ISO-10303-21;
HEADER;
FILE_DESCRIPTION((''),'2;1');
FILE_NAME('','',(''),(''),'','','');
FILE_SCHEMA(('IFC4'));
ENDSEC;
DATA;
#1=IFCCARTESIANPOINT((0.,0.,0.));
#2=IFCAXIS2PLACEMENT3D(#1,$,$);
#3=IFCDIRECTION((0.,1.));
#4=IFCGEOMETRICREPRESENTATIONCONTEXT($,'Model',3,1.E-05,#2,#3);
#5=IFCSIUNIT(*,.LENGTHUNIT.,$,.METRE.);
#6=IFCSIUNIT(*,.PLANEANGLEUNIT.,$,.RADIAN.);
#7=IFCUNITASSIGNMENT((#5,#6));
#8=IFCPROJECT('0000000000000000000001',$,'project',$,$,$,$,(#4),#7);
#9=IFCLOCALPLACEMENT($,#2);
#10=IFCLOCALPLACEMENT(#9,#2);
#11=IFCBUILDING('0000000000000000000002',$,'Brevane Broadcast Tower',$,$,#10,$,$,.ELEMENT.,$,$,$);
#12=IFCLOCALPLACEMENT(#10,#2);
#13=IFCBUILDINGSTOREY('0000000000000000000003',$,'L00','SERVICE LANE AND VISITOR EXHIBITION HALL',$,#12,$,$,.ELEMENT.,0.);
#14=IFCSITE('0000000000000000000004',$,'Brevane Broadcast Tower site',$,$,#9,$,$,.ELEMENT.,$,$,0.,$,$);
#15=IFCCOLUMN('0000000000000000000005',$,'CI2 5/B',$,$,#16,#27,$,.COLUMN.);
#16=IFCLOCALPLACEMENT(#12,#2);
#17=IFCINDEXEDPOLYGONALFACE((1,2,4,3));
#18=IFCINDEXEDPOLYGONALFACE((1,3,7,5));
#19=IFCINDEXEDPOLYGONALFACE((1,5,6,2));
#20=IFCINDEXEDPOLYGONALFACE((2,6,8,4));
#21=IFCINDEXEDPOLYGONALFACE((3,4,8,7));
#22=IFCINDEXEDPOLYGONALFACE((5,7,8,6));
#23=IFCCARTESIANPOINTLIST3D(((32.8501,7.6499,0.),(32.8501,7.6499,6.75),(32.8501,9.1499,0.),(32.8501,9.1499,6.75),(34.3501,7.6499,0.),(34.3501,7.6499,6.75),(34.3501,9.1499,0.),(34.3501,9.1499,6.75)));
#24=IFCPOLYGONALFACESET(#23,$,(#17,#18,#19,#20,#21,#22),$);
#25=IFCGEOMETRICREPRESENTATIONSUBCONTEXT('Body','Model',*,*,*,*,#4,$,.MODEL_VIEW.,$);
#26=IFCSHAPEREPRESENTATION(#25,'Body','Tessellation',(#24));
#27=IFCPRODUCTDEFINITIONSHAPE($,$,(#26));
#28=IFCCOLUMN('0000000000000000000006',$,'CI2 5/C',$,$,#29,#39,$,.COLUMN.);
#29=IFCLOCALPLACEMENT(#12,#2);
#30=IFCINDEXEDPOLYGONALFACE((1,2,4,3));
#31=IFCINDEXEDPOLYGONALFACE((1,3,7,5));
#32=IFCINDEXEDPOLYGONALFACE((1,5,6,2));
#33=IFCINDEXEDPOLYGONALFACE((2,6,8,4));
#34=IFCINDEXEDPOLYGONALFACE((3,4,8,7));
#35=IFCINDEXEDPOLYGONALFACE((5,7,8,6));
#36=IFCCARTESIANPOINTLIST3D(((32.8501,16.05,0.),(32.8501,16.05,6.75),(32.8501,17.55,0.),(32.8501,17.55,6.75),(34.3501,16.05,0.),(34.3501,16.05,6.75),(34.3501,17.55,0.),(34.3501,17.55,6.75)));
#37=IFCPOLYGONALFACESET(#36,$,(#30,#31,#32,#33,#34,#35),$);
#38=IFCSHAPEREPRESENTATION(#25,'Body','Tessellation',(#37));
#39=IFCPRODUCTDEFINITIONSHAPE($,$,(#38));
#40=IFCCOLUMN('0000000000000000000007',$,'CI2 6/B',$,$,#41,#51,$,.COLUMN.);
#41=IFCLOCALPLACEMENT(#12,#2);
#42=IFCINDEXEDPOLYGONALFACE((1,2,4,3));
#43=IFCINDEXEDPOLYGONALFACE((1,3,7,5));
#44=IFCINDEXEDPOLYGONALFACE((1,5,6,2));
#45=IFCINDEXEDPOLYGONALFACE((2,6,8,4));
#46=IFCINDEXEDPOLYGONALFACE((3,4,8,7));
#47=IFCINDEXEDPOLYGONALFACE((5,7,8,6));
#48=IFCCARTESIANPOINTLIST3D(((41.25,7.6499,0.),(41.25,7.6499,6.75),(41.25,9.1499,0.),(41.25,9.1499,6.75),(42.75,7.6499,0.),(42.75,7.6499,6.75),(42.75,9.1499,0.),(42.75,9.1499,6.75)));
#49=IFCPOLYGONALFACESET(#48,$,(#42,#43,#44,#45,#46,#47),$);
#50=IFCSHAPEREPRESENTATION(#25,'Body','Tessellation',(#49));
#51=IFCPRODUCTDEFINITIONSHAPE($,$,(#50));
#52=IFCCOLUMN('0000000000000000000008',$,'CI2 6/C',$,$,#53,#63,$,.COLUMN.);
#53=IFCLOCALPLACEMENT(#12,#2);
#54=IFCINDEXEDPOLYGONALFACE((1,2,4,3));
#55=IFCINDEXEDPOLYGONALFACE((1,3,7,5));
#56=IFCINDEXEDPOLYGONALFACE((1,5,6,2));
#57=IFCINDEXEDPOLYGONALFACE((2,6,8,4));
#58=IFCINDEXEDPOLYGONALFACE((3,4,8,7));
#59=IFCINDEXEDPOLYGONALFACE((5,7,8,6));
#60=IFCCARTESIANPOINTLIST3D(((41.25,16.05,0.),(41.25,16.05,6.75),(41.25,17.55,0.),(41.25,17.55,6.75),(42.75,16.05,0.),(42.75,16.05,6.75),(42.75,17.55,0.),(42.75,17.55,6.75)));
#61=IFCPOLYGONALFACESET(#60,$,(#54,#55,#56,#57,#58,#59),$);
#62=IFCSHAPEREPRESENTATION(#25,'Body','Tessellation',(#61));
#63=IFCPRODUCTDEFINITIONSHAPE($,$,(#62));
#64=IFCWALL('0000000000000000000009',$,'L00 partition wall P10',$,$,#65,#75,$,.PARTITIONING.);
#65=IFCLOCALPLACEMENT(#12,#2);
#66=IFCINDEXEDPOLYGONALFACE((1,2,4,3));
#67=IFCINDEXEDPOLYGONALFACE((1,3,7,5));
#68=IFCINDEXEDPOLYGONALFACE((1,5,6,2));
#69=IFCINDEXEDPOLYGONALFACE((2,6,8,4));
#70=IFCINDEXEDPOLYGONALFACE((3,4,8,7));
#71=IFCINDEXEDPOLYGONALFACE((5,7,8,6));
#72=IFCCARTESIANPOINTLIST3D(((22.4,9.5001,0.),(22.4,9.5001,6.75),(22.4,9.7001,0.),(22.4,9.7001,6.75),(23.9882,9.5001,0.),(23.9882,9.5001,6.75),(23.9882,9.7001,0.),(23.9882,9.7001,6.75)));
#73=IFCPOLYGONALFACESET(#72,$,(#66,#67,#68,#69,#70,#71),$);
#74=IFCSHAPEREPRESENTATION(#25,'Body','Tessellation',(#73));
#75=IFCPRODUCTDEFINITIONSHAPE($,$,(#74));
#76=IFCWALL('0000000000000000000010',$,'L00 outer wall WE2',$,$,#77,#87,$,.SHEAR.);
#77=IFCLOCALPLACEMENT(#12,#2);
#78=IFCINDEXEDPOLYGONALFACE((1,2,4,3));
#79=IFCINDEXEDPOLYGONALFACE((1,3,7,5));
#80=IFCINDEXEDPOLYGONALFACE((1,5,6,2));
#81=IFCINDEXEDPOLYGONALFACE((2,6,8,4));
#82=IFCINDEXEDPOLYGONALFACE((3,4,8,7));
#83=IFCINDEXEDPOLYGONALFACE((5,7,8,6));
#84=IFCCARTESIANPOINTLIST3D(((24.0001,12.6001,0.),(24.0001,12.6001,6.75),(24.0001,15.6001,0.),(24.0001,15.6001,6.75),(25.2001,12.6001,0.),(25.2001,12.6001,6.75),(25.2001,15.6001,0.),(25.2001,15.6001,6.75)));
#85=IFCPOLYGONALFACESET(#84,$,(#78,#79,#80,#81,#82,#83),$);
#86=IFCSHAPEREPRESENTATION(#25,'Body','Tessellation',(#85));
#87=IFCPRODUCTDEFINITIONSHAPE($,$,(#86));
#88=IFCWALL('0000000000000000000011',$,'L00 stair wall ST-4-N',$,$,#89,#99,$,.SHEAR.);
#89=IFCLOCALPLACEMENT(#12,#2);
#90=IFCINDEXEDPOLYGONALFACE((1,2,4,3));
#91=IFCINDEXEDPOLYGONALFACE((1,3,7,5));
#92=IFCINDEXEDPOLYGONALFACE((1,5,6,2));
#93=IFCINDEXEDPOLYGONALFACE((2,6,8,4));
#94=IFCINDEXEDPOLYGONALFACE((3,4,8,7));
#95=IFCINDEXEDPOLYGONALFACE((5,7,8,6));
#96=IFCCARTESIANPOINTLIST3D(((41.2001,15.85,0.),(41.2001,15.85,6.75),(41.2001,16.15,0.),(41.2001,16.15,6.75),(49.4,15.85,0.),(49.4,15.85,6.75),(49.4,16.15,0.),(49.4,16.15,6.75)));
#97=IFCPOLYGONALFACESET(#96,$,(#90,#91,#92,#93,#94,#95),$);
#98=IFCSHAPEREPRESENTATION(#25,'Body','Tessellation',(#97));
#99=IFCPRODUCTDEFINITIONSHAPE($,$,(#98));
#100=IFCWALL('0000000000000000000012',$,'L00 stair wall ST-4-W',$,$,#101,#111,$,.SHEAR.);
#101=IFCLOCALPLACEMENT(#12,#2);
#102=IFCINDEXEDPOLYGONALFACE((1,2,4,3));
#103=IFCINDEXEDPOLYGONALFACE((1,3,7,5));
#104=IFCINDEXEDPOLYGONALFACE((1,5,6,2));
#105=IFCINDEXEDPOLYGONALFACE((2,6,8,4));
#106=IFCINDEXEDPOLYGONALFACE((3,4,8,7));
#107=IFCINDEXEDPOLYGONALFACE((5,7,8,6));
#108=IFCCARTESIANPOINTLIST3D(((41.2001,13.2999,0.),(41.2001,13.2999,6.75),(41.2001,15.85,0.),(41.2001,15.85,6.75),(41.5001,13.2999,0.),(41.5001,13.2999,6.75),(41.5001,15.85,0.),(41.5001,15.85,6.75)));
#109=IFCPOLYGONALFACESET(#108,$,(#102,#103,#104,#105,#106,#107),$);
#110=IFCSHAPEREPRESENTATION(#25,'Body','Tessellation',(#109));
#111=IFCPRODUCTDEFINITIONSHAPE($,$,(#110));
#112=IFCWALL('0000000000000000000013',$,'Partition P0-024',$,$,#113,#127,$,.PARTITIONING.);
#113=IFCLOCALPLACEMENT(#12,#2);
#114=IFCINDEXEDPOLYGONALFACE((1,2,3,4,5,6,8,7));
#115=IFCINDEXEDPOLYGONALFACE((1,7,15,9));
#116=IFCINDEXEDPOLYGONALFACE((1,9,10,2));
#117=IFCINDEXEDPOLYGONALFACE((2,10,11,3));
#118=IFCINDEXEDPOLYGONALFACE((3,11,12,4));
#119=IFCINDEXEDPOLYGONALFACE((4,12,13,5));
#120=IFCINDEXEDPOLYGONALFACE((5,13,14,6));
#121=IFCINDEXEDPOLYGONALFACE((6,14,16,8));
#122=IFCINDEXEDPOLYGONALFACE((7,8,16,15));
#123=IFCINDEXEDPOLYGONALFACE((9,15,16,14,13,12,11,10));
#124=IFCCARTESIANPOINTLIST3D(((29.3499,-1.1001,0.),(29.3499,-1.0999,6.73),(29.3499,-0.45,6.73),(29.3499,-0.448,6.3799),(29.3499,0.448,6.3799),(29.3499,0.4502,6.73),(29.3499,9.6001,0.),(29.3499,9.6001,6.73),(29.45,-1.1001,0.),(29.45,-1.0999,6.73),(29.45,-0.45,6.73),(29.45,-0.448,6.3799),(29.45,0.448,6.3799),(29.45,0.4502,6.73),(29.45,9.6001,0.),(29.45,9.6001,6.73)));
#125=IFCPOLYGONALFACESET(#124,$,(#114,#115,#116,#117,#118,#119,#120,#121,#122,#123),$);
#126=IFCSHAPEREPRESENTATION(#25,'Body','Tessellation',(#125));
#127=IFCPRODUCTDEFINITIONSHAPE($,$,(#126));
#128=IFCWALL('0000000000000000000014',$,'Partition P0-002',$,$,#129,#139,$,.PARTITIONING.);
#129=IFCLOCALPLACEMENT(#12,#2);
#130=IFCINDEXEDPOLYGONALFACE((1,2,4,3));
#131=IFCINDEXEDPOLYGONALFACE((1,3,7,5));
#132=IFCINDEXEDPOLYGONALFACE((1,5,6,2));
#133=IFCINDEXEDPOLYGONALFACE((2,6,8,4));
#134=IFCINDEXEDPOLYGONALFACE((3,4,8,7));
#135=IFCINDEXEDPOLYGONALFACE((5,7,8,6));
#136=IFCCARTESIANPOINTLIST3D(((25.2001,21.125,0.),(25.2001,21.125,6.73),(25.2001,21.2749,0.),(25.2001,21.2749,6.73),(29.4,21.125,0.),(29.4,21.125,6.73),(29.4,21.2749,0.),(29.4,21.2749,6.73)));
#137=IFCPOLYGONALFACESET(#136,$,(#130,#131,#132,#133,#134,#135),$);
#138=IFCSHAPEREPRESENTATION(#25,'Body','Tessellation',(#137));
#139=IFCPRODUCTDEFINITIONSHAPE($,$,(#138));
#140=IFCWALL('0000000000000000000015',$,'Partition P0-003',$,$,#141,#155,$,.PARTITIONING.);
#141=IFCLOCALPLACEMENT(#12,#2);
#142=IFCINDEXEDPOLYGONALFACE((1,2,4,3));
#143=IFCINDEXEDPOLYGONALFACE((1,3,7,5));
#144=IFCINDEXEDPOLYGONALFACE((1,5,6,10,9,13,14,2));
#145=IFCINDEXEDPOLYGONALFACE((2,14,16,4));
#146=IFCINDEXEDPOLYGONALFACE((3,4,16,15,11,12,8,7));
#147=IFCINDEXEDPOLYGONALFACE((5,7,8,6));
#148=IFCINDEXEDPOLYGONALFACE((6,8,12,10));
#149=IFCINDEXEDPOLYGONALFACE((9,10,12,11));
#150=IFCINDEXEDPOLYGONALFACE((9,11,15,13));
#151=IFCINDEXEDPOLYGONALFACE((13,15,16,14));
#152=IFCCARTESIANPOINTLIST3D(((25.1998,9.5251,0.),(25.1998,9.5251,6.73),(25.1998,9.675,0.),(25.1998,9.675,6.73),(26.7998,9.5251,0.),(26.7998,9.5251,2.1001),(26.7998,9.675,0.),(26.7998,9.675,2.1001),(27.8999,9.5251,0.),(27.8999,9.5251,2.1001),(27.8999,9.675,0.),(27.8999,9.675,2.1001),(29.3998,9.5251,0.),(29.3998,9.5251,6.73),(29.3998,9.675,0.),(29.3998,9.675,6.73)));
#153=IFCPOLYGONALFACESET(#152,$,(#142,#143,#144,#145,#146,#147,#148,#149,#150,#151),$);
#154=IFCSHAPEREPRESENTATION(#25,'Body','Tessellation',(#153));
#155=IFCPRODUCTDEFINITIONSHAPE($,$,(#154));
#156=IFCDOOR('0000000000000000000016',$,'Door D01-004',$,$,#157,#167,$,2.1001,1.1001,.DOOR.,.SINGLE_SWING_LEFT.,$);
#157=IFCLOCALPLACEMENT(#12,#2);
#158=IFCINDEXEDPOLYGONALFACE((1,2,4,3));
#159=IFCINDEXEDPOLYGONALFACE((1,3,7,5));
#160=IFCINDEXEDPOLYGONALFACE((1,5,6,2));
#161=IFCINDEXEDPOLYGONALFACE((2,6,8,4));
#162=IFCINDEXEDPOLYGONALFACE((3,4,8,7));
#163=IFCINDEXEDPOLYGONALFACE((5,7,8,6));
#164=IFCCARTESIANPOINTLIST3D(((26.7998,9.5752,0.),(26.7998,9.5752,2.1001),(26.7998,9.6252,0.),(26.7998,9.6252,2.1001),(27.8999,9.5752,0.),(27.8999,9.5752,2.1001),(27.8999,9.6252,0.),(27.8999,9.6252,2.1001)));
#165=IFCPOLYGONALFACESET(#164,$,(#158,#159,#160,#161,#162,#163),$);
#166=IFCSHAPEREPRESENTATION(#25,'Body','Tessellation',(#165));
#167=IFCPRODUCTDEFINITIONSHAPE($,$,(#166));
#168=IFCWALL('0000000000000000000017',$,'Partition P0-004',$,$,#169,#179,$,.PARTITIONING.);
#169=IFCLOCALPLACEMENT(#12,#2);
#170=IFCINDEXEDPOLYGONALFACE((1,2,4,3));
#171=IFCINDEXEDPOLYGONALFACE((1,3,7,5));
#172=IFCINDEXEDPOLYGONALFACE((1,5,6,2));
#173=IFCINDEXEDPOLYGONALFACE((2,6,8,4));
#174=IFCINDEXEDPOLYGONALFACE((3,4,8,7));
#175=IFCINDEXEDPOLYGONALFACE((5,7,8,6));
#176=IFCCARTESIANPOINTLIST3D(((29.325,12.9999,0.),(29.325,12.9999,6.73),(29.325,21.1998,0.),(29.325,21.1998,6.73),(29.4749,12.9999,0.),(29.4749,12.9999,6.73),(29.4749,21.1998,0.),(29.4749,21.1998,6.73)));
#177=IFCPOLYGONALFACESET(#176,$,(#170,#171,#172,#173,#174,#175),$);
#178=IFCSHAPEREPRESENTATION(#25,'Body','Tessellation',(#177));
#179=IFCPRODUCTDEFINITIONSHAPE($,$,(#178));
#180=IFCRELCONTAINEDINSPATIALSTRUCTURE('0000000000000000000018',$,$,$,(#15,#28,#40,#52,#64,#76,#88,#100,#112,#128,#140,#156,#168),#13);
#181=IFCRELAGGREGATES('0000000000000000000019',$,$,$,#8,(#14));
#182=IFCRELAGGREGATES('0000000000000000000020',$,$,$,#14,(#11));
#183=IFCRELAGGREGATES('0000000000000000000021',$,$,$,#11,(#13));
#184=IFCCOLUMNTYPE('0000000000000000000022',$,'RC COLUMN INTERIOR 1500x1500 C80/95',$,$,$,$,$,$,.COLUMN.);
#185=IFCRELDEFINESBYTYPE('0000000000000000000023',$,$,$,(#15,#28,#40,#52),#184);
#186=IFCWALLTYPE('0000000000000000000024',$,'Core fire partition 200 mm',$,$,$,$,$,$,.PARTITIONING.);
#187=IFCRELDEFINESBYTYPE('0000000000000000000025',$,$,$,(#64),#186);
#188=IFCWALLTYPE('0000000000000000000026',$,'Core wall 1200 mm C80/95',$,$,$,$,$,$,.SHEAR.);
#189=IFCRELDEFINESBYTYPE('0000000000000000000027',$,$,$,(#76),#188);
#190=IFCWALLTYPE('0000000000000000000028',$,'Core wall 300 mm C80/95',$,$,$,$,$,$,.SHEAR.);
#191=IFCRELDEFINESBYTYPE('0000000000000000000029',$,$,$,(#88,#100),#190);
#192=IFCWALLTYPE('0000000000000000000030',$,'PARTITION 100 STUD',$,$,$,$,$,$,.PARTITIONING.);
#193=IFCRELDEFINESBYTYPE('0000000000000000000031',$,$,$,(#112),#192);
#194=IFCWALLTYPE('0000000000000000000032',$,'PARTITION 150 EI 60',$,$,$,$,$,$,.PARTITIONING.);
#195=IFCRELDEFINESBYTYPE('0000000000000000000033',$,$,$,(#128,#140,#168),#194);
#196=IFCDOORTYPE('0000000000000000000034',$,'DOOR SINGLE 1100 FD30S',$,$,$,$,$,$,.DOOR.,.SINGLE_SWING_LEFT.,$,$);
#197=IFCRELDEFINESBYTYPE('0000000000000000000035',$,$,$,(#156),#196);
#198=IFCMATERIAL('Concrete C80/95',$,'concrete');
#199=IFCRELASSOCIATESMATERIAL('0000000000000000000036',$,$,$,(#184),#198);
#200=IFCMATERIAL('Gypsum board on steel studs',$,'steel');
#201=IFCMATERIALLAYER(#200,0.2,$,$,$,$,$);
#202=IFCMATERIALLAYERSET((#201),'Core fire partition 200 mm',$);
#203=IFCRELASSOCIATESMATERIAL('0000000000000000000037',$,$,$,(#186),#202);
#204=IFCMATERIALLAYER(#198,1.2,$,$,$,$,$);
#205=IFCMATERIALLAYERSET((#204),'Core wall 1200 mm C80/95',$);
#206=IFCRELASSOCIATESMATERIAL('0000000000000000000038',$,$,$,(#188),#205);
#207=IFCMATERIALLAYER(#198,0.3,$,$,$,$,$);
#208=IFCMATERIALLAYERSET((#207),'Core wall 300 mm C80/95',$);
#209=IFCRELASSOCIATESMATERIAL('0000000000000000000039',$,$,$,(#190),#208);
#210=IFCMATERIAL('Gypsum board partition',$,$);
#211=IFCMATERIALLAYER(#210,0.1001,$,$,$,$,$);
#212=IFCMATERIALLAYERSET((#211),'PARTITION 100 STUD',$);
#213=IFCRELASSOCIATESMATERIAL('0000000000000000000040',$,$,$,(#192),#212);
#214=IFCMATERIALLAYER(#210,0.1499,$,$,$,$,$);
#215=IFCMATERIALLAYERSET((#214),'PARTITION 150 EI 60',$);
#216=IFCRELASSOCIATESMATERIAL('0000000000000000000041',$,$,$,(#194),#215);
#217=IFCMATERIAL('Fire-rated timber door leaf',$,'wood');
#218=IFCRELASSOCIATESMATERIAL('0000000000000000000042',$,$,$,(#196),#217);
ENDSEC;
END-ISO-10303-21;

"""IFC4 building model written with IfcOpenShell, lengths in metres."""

from ifc_helpers import new_model, si_unit, direction, frame, frame_2d, origin, origin_2d, place, context, subcontext, project, spatial, polyline, rectangle, outline, extrude, material, layer, layer_set, material_profile, profile_set, type_object, element, fill, save


model = new_model("IFC4")

# Units and contexts
model_context = context("Model", 3, precision=1e-05, world=origin(), true_north=direction((0.0, 1.0)))
body_context = subcontext(model_context, "Body", "Model", "MODEL_VIEW")
ifc_project = project(units=[si_unit("LENGTHUNIT", "METRE"), si_unit("PLANEANGLEUNIT", "RADIAN")], contexts=[model_context])

# Site, building, storey
site_placement = place(None, origin())
site = spatial("IfcSite", under=ifc_project, at=site_placement, Name="Brevane Broadcast Tower site", CompositionType="ELEMENT", RefElevation=0.0)
building_placement = place(site_placement, origin())
building = spatial("IfcBuilding", under=site, at=building_placement, Name="Brevane Broadcast Tower", CompositionType="ELEMENT")
storey_placement = place(building_placement, origin())
storey = spatial("IfcBuildingStorey", under=building, at=storey_placement, Name="L00", Description="SERVICE LANE AND VISITOR EXHIBITION HALL", CompositionType="ELEMENT", Elevation=0.0)

# Columns
ifc_material_1 = material(Name="Concrete C80/95", Category="concrete")
ifc_material_profile = material_profile(ifc_material_1, rectangle(XDim=1.5, YDim=1.5, at=origin_2d()), Name="RC 1500x1500")
ifc_profile_set = profile_set([ifc_material_profile], Name="Concrete C80/95")
column_type = type_object("IfcColumnType", Name="RC COLUMN INTERIOR 1500x1500 C80/95", PredefinedType="COLUMN", material=ifc_profile_set)
for number, where, z_axis, x_axis, name in (
    (1, (33.6001, 8.3999, 0.0), (0.0, 0.0, 1.0), (1.0, 0.0, 0.0), "CI2 5/B"),
    (2, (33.6001, 16.8, 0.0), (0.0, 0.0, 1.0), (1.0, 0.0, 0.0), "CI2 5/C"),
    (3, (42.0, 8.3999, 0.0), (0.0, 0.0, 1.0), (1.0, 0.0, 0.0), "CI2 6/B"),
    (4, (42.0, 16.8, 0.0), (0.0, 0.0, 1.0), (1.0, 0.0, 0.0), "CI2 6/C"),
):
    element("IfcColumn", number, at=place(storey_placement, frame(where, z_axis=z_axis, x_axis=x_axis)), inside=storey, type_object=column_type, Name=name, PredefinedType="COLUMN", context=body_context, shape_type="SweptSolid", body=[
        extrude(rectangle(XDim=1.5, YDim=1.5, at=origin_2d()), origin(), (0.0, 0.0, 1.0), 6.75),
    ])

# Walls
ifc_material_2 = material(Name="Gypsum board on steel studs", Category="steel")
ifc_layer_1 = layer(ifc_material_2, 0.2)
ifc_layer_set_1 = layer_set([ifc_layer_1], Name="Core fire partition 200 mm")
wall_type_1 = type_object("IfcWallType", Name="Core fire partition 200 mm", PredefinedType="PARTITIONING", material=ifc_layer_set_1)
wall_1_placement = place(storey_placement, frame((23.988, 9.6001, 0.0), z_axis=(0.0, 0.0, 1.0), x_axis=(-1.0, 0.0, 0.0)))
element("IfcWall", 5, at=wall_1_placement, inside=storey, type_object=wall_type_1, Name="L00 partition wall P10", PredefinedType="PARTITIONING", context=body_context, shape_type="SweptSolid", body=[
    extrude(rectangle(XDim=1.5881, YDim=0.2, at=frame_2d((0.7939, 0.0))), origin(), (0.0, 0.0, 1.0), 6.75),
])
ifc_layer_2 = layer(ifc_material_1, 1.2)
ifc_layer_set_2 = layer_set([ifc_layer_2], Name="Core wall 1200 mm C80/95")
wall_type_2 = type_object("IfcWallType", Name="Core wall 1200 mm C80/95", PredefinedType="SHEAR", material=ifc_layer_set_2)
wall_2_placement = place(storey_placement, frame((24.6001, 12.6001, 0.0), z_axis=(0.0, 0.0, 1.0), x_axis=(0.0, 1.0, 0.0)))
element("IfcWall", 6, at=wall_2_placement, inside=storey, type_object=wall_type_2, Name="L00 outer wall WE2", PredefinedType="SHEAR", context=body_context, shape_type="SweptSolid", body=[
    extrude(rectangle(XDim=3.0, YDim=1.2, at=frame_2d((1.5, 0.0))), origin(), (0.0, 0.0, 1.0), 6.75),
])
ifc_layer_3 = layer(ifc_material_1, 0.3)
ifc_layer_set_3 = layer_set([ifc_layer_3], Name="Core wall 300 mm C80/95")
wall_type_3 = type_object("IfcWallType", Name="Core wall 300 mm C80/95", PredefinedType="SHEAR", material=ifc_layer_set_3)
wall_3_placement = place(storey_placement, frame((41.2, 16.0, 0.0), z_axis=(0.0, 0.0, 1.0), x_axis=(1.0, 0.0, 0.0)))
element("IfcWall", 7, at=wall_3_placement, inside=storey, type_object=wall_type_3, Name="L00 stair wall ST-4-N", PredefinedType="SHEAR", context=body_context, shape_type="SweptSolid", body=[
    extrude(rectangle(XDim=8.2, YDim=0.3, at=frame_2d((4.1001, 0.0))), origin(), (0.0, 0.0, 1.0), 6.75),
])
wall_4_placement = place(storey_placement, frame((41.3501, 13.3, 0.0), z_axis=(0.0, 0.0, 1.0), x_axis=(0.0, 1.0, 0.0)))
element("IfcWall", 8, at=wall_4_placement, inside=storey, type_object=wall_type_3, Name="L00 stair wall ST-4-W", PredefinedType="SHEAR", context=body_context, shape_type="SweptSolid", body=[
    extrude(rectangle(XDim=2.55, YDim=0.3, at=frame_2d((1.2749, 0.0))), origin(), (0.0, 0.0, 1.0), 6.75),
])
ifc_material_3 = material(Name="Gypsum board partition")
ifc_layer_4 = layer(ifc_material_3, 0.1001)
ifc_layer_set_4 = layer_set([ifc_layer_4], Name="PARTITION 100 STUD")
wall_type_4 = type_object("IfcWallType", Name="PARTITION 100 STUD", PredefinedType="PARTITIONING", material=ifc_layer_set_4)
wall_5_placement = place(storey_placement, frame((29.3999, 9.6001, 0.0), z_axis=(0.0, 0.0, 1.0), x_axis=(0.0, -1.0, 0.0)))
element("IfcWall", 9, at=wall_5_placement, inside=storey, type_object=wall_type_4, Name="Partition P0-024", PredefinedType="PARTITIONING", context=body_context, shape_type="SweptSolid", body=[
    extrude(outline(polyline([(0.0, 0.0), (10.7002, 0.0), (10.7, 6.73), (10.05, 6.73), (10.0481, 6.3799), (9.1521, 6.3799), (9.1499, 6.73), (0.0, 6.73), (0.0, 0.0)])), frame((0.0, 0.05, 0.0), z_axis=(0.0, -1.0, 0.0), x_axis=(1.0, 0.0, 0.0)), (0.0, 0.0, 1.0), 0.1001),
])
ifc_layer_5 = layer(ifc_material_3, 0.1499)
ifc_layer_set_5 = layer_set([ifc_layer_5], Name="PARTITION 150 EI 60")
wall_type_5 = type_object("IfcWallType", Name="PARTITION 150 EI 60", PredefinedType="PARTITIONING", material=ifc_layer_set_5)
wall_6_placement = place(storey_placement, frame((25.2, 21.2, 0.0), z_axis=(0.0, 0.0, 1.0), x_axis=(1.0, 0.0, 0.0)))
element("IfcWall", 10, at=wall_6_placement, inside=storey, type_object=wall_type_5, Name="Partition P0-002", PredefinedType="PARTITIONING", context=body_context, shape_type="SweptSolid", body=[
    extrude(rectangle(XDim=4.2, YDim=0.1499, at=frame_2d((2.1001, 0.0))), origin(), (0.0, 0.0, 1.0), 6.73),
])

# Wall, opening, door
wall_7_placement = place(storey_placement, frame((29.3999, 9.6001, 0.0), z_axis=(0.0, 0.0, 1.0), x_axis=(-1.0, 0.0, 0.0)))
wall_7 = element("IfcWall", 11, at=wall_7_placement, inside=storey, type_object=wall_type_5, Name="Partition P0-003", PredefinedType="PARTITIONING", context=body_context, shape_type="SweptSolid", body=[
    extrude(rectangle(XDim=4.2, YDim=0.1499, at=frame_2d((2.1001, 0.0))), origin(), (0.0, 0.0, 1.0), 6.73),
])
opening_1_placement = place(wall_7_placement, frame((1.5, 0.0, 0.0)))
opening_1 = element("IfcOpeningElement", 12, at=opening_1_placement, cuts=wall_7, PredefinedType="OPENING", context=body_context, shape_type="SweptSolid", body=[
    extrude(rectangle(XDim=1.1001, YDim=2.1001, at=frame_2d((0.55, 1.05))), frame((0.0, 0.085, 0.0), z_axis=(0.0, -1.0, 0.0), x_axis=(1.0, 0.0, 0.0)), (0.0, 0.0, 1.0), 0.1699),
])
ifc_material_4 = material(Name="Fire-rated timber door leaf", Category="wood")
door_type_1 = type_object("IfcDoorType", Name="DOOR SINGLE 1100 FD30S", OperationType="SINGLE_SWING_LEFT", PredefinedType="DOOR", material=ifc_material_4)
door_1_placement = place(opening_1_placement, origin())
door_1 = element("IfcDoor", 13, at=door_1_placement, inside=storey, type_object=door_type_1, Name="Door D01-004", OperationType="SINGLE_SWING_LEFT", OverallHeight=2.1001, OverallWidth=1.1001, PredefinedType="DOOR", context=body_context, shape_type="SweptSolid", body=[
    extrude(rectangle(XDim=1.1001, YDim=2.1001, at=frame_2d((0.55, 1.05))), frame((0.0, 0.0249, 0.0), z_axis=(0.0, -1.0, 0.0), x_axis=(1.0, 0.0, 0.0)), (0.0, 0.0, 1.0), 0.05),
])
fill(opening_1, door_1)

# Wall
wall_8_placement = place(storey_placement, frame((29.3999, 21.2, 0.0), z_axis=(0.0, 0.0, 1.0), x_axis=(0.0, -1.0, 0.0)))
element("IfcWall", 14, at=wall_8_placement, inside=storey, type_object=wall_type_5, Name="Partition P0-004", PredefinedType="PARTITIONING", context=body_context, shape_type="SweptSolid", body=[
    extrude(rectangle(XDim=8.2, YDim=0.1499, at=frame_2d((4.1001, 0.0))), origin(), (0.0, 0.0, 1.0), 6.73),
])

save(model, "model.ifc")
